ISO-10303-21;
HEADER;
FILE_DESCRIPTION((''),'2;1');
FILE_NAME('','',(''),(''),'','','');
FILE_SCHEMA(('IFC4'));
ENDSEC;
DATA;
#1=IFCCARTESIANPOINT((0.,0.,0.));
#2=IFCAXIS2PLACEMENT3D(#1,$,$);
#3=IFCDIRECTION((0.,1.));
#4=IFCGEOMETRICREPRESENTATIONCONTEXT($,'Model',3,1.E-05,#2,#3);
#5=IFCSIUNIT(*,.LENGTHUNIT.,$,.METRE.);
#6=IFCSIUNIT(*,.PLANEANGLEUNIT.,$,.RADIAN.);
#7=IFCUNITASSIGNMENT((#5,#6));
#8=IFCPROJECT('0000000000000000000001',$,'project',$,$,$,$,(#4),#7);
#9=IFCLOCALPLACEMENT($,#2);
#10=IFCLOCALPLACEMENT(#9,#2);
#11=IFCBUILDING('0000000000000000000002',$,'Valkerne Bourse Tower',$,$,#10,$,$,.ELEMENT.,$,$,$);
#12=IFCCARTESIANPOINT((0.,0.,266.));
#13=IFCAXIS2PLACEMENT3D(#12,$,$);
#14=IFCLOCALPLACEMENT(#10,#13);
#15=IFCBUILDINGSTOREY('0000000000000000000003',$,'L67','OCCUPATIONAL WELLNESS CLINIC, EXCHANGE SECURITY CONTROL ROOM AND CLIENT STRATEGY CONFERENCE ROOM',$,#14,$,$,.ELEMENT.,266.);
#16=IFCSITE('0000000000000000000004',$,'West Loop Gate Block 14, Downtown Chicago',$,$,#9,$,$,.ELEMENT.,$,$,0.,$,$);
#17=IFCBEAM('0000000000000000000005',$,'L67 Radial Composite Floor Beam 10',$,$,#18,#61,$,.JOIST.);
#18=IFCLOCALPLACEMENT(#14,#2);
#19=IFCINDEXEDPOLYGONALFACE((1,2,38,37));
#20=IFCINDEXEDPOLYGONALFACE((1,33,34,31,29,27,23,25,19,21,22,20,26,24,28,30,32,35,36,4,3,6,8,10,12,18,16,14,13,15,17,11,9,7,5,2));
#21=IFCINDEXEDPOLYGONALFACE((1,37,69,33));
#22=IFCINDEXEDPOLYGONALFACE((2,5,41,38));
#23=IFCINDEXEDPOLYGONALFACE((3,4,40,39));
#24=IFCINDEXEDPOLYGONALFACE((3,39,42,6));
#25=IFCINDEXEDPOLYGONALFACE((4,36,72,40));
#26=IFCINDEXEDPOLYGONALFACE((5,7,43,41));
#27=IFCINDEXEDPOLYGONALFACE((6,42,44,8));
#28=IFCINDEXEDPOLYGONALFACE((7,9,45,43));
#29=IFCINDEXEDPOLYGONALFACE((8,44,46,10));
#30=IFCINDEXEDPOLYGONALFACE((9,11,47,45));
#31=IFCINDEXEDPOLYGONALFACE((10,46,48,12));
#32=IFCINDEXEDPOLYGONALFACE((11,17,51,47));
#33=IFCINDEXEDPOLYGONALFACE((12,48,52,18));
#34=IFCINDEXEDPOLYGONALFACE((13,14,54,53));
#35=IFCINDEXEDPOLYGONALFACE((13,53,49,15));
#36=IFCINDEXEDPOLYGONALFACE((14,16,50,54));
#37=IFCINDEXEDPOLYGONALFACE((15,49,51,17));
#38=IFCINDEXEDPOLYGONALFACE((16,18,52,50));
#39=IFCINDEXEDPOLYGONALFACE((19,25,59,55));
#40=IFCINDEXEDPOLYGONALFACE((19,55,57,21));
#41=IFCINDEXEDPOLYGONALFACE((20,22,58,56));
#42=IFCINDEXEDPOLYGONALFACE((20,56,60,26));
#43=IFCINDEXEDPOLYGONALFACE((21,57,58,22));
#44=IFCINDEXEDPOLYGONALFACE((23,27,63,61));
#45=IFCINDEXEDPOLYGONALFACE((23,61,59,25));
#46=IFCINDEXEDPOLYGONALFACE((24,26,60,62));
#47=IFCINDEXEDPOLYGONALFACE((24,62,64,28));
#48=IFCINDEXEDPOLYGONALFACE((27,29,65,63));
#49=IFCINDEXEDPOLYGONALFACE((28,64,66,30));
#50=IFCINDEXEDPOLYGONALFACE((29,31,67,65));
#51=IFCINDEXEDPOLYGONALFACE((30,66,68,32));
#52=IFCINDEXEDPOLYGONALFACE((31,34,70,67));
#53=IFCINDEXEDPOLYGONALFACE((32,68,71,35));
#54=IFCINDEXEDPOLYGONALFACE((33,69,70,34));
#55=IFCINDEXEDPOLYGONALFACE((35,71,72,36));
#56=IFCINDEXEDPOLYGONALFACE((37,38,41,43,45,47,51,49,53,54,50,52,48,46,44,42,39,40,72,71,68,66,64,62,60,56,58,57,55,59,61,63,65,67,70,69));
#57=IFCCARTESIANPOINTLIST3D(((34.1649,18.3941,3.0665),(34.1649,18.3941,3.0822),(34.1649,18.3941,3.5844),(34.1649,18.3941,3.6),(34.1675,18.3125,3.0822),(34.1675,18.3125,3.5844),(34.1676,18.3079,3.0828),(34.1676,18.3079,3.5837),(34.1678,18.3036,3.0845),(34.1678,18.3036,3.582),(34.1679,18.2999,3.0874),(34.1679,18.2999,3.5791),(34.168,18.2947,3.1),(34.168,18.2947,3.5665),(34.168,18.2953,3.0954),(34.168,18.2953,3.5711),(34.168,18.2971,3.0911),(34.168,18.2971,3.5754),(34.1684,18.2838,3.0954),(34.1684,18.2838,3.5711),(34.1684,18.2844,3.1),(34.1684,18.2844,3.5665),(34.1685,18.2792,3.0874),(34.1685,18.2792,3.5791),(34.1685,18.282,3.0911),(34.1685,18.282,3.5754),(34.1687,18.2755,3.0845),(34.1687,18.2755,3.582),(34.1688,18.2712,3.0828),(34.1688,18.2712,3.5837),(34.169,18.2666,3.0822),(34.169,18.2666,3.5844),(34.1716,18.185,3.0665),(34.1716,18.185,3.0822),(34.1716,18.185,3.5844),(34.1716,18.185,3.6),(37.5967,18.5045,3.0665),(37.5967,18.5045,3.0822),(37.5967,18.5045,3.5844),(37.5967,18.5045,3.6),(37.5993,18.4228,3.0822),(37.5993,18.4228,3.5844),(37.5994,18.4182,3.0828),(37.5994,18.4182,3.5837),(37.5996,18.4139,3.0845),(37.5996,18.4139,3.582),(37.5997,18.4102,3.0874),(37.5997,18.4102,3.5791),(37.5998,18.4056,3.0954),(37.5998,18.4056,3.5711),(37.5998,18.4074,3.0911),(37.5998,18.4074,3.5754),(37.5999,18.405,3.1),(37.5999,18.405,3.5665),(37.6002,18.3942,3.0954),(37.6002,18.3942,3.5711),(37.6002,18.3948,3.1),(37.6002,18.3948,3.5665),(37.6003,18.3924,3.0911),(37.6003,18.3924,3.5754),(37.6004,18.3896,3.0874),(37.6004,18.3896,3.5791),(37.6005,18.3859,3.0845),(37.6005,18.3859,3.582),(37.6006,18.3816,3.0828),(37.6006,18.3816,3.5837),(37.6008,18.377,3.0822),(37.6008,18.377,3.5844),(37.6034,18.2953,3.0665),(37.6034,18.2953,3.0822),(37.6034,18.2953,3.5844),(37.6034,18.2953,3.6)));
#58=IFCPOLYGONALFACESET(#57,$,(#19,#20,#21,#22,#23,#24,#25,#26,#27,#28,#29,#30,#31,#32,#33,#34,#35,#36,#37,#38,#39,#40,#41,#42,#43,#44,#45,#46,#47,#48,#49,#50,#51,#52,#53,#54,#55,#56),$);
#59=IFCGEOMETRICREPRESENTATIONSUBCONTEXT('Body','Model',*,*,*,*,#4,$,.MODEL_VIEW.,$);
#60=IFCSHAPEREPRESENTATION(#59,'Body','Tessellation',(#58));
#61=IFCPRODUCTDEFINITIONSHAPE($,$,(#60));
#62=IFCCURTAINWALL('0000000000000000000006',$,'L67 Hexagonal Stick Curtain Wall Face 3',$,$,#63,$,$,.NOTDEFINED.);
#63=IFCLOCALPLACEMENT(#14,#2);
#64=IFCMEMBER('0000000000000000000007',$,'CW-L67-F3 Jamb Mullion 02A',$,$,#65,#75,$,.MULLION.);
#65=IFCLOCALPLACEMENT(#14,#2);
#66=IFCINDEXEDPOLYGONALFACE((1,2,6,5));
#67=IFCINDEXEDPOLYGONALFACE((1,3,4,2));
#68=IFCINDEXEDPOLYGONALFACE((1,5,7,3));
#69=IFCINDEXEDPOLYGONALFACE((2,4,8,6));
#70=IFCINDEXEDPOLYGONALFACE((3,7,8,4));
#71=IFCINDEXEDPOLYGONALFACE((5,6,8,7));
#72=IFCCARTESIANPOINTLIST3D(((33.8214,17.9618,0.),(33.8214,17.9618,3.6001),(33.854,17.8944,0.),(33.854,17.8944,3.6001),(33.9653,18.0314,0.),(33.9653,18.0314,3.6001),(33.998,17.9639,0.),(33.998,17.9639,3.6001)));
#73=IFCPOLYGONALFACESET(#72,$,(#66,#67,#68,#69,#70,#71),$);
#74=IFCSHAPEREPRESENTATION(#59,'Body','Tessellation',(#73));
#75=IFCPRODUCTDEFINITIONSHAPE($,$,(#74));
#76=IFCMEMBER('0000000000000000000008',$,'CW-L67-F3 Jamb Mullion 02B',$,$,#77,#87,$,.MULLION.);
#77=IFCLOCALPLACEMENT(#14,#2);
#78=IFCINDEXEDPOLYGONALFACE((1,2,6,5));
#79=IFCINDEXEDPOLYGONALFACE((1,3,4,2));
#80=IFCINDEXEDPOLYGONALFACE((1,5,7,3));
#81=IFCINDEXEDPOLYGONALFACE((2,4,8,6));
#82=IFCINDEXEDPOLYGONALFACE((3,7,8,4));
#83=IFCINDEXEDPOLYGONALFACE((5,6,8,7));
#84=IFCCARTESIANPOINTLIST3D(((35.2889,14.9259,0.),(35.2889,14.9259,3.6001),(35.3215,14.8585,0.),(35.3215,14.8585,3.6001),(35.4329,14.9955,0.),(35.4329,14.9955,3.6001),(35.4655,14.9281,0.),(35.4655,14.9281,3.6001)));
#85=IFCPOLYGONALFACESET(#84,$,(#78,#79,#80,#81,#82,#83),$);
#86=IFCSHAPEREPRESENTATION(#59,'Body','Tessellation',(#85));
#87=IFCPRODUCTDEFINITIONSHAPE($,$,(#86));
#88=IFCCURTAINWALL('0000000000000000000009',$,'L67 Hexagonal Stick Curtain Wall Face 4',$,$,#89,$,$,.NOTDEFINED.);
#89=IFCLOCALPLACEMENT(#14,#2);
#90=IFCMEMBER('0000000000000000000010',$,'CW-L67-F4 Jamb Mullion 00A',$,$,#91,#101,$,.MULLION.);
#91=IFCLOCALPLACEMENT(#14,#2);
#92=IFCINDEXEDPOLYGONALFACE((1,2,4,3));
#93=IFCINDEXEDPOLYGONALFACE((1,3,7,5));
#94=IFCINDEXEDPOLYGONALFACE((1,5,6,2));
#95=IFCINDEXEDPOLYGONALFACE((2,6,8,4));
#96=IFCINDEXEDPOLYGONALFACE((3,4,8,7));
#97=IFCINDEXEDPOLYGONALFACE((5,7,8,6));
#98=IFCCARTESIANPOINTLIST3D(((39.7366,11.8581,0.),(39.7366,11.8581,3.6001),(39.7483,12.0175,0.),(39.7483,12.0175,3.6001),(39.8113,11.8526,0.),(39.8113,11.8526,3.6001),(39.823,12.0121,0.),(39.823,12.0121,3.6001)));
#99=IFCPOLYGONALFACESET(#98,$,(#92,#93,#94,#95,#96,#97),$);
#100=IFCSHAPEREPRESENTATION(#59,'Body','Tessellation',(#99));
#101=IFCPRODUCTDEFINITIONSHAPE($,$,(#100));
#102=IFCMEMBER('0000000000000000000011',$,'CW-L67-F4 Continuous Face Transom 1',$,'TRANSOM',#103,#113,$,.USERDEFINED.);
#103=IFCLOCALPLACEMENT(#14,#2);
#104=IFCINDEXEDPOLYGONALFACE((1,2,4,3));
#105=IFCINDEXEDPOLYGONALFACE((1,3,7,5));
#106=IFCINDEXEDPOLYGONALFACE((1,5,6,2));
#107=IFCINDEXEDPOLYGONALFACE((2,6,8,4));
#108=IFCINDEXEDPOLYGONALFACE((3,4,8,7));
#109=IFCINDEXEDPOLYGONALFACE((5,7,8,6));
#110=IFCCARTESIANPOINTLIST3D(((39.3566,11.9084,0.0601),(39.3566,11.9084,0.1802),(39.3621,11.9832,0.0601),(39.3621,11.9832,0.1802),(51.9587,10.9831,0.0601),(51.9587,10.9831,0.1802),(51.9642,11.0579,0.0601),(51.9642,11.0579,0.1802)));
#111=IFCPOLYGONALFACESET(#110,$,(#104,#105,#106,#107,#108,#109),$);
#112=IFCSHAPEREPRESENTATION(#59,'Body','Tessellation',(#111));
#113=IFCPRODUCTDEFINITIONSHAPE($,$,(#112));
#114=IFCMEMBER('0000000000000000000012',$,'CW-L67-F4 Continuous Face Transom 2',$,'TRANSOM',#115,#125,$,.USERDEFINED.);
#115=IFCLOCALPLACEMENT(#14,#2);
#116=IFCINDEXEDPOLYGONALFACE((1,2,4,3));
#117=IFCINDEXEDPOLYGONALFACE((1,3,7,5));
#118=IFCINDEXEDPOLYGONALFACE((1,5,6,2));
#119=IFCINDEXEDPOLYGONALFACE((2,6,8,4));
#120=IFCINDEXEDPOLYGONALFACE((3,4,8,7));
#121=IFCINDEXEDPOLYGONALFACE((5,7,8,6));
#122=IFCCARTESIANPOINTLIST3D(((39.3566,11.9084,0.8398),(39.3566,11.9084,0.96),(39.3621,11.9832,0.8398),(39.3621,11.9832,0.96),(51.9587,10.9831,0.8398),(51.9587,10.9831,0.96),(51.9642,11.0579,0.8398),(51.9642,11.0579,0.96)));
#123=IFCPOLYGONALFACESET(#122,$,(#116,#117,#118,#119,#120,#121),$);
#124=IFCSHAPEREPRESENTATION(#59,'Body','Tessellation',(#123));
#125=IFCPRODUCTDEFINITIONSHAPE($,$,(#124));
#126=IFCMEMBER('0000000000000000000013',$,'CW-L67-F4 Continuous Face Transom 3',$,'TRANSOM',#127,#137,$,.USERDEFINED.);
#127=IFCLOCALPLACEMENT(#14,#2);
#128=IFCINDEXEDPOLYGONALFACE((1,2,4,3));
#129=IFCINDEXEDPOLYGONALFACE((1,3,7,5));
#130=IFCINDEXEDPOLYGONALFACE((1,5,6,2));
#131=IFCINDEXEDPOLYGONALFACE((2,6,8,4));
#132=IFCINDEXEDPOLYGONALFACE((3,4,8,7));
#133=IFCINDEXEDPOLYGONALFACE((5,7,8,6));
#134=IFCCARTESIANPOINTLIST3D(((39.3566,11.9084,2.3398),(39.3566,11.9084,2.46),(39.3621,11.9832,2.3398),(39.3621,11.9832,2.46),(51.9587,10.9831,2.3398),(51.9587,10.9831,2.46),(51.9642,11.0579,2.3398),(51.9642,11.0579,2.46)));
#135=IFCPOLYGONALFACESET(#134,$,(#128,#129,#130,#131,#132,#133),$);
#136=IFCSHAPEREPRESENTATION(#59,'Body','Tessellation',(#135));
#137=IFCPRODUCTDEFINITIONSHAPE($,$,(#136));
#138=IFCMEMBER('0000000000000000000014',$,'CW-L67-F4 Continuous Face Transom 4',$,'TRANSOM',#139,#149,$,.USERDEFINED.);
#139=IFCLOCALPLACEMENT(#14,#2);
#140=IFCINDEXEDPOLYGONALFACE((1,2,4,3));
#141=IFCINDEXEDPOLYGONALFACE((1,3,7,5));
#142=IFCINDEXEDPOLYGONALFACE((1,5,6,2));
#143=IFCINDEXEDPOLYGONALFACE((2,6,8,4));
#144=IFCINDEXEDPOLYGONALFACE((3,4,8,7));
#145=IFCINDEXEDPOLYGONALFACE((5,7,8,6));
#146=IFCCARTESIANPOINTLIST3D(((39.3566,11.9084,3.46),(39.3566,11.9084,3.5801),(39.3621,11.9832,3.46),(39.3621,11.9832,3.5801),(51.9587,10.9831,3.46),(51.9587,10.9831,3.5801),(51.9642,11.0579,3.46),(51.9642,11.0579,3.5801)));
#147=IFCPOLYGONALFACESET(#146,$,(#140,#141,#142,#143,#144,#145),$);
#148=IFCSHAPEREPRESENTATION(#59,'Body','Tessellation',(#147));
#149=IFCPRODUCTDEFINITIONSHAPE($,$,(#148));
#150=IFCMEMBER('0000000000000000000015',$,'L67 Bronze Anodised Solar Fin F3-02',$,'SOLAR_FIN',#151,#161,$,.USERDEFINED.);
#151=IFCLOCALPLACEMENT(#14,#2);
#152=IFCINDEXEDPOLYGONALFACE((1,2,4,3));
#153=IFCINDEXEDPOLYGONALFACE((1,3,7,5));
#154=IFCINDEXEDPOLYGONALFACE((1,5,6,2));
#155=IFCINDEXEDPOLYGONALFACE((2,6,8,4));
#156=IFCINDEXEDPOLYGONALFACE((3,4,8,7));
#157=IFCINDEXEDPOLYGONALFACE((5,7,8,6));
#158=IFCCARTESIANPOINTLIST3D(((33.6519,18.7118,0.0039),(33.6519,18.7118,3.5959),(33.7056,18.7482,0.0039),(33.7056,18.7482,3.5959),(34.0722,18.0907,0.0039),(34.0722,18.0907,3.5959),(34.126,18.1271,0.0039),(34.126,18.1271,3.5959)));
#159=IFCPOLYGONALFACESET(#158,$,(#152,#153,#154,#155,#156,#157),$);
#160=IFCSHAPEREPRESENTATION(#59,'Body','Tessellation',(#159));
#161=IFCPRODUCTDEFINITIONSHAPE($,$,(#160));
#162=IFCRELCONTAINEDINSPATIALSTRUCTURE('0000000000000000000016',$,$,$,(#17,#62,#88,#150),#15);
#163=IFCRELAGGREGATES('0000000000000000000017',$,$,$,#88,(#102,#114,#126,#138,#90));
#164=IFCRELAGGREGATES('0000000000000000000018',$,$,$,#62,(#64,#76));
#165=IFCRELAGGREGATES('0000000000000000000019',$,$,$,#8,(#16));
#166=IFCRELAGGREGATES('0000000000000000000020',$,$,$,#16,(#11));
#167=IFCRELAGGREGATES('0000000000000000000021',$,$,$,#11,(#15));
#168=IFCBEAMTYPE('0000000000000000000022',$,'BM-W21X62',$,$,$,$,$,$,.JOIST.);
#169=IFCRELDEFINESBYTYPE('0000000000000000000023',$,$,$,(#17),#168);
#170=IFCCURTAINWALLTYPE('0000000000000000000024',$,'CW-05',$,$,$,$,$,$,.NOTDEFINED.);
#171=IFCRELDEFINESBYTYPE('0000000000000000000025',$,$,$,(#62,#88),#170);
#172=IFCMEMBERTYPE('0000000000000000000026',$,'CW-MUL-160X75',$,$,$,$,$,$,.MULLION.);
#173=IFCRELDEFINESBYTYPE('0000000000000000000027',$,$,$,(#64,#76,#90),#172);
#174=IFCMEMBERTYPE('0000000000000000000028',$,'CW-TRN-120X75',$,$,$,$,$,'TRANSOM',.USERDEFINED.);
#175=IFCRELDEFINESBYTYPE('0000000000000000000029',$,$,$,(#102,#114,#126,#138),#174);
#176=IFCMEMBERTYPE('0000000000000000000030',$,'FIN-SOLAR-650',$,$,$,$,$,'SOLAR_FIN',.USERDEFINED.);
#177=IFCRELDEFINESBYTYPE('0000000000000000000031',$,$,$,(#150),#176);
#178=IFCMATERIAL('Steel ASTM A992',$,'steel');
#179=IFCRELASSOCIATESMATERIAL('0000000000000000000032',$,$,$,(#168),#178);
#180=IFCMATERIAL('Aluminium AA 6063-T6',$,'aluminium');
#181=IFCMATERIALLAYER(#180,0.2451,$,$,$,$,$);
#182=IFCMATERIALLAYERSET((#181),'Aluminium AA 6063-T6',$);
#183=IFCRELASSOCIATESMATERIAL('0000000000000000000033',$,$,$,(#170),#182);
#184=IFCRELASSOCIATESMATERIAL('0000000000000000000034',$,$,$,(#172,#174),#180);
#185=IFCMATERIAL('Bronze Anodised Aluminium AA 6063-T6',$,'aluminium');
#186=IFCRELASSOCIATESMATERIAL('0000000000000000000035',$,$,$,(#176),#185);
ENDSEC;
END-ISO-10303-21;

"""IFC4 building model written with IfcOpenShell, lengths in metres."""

from ifc_helpers import new_model, si_unit, direction, frame, origin, origin_2d, place, context, subcontext, project, spatial, rectangle, i_section, extrude, material, layer, layer_set, material_profile, profile_set, type_object, element, aggregate, save


model = new_model("IFC4")

# Units and contexts
model_context = context("Model", 3, precision=1e-05, world=origin(), true_north=direction((0.0, 1.0)))
body_context = subcontext(model_context, "Body", "Model", "MODEL_VIEW")
ifc_project = project(units=[si_unit("LENGTHUNIT", "METRE"), si_unit("PLANEANGLEUNIT", "RADIAN")], contexts=[model_context])

# Site, building, storey
site_placement = place(None, origin())
site = spatial("IfcSite", under=ifc_project, at=site_placement, Name="West Loop Gate Block 14, Downtown Chicago", CompositionType="ELEMENT", RefElevation=0.0)
building_placement = place(site_placement, origin())
building = spatial("IfcBuilding", under=site, at=building_placement, Name="Valkerne Bourse Tower", CompositionType="ELEMENT")
storey_placement = place(building_placement, frame((0.0, 0.0, 266.0)))
storey = spatial("IfcBuildingStorey", under=building, at=storey_placement, Name="L67", Description="OCCUPATIONAL WELLNESS CLINIC, EXCHANGE SECURITY CONTROL ROOM AND CLIENT STRATEGY CONFERENCE ROOM", CompositionType="ELEMENT", Elevation=266.0)

# Beam
ifc_material_1 = material(Name="Steel ASTM A992", Category="steel")
ifc_material_profile_1 = material_profile(ifc_material_1, i_section(OverallWidth=0.2092, OverallDepth=0.5334, WebThickness=0.0103, FlangeThickness=0.0156, FilletRadius=0.0178, at=origin_2d()), Name="W21X62")
ifc_profile_set_1 = profile_set([ifc_material_profile_1], Name="Steel ASTM A992")
beam_type_1 = type_object("IfcBeamType", Name="BM-W21X62", PredefinedType="JOIST", material=ifc_profile_set_1)
beam_1_placement = place(storey_placement, frame((34.1682, 18.2896, 3.3333), z_axis=(0.999483, 0.032138, 0.0), x_axis=(-0.032138, 0.999483, 0.0)))
element("IfcBeam", 1, at=beam_1_placement, inside=storey, type_object=beam_type_1, Name="L67 Radial Composite Floor Beam 10", PredefinedType="JOIST", context=body_context, shape_type="SweptSolid", body=[
    extrude(i_section(OverallWidth=0.2092, OverallDepth=0.5334, WebThickness=0.0103, FlangeThickness=0.0156, FilletRadius=0.0178, at=origin_2d()), origin(), (0.0, 0.0, 1.0), 3.4336),
])

# Curtain walls, members
ifc_material_2 = material(Name="Aluminium AA 6063-T6", Category="aluminium")
ifc_layer_1 = layer(ifc_material_2, 0.2451)
ifc_layer_set_1 = layer_set([ifc_layer_1], Name="Aluminium AA 6063-T6")
curtain_wall_type = type_object("IfcCurtainWallType", Name="CW-05", PredefinedType="NOTDEFINED", material=ifc_layer_set_1)
curtain_wall_1_placement = place(storey_placement, origin())
curtain_wall_1 = element("IfcCurtainWall", 2, at=curtain_wall_1_placement, inside=storey, type_object=curtain_wall_type, Name="L67 Hexagonal Stick Curtain Wall Face 3", PredefinedType="NOTDEFINED")
ifc_material_profile_2 = material_profile(ifc_material_2, rectangle(XDim=0.075, YDim=0.1599, at=origin_2d()), Name="CWM-75X160")
ifc_profile_set_2 = profile_set([ifc_material_profile_2], Name="Aluminium AA 6063-T6")
member_type_1 = type_object("IfcMemberType", Name="CW-MUL-160X75", PredefinedType="MULLION", material=ifc_profile_set_2)
member_1_placement = place(storey_placement, frame((33.9097, 17.9629, 0.0), z_axis=(0.0, 0.0, 1.0), x_axis=(0.435227, -0.900321, 0.0)))
member_1 = element("IfcMember", 3, at=member_1_placement, type_object=member_type_1, Name="CW-L67-F3 Jamb Mullion 02A", PredefinedType="MULLION", context=body_context, shape_type="SweptSolid", body=[
    extrude(rectangle(XDim=0.075, YDim=0.1599, at=origin_2d()), origin(), (0.0, 0.0, 1.0), 3.6001),
])
member_2_placement = place(storey_placement, frame((35.3772, 14.927, 0.0), z_axis=(0.0, 0.0, 1.0), x_axis=(0.435227, -0.900321, 0.0)))
member_2 = element("IfcMember", 4, at=member_2_placement, type_object=member_type_1, Name="CW-L67-F3 Jamb Mullion 02B", PredefinedType="MULLION", context=body_context, shape_type="SweptSolid", body=[
    extrude(rectangle(XDim=0.075, YDim=0.1599, at=origin_2d()), origin(), (0.0, 0.0, 1.0), 3.6001),
])
curtain_wall_2_placement = place(storey_placement, origin())
curtain_wall_2 = element("IfcCurtainWall", 5, at=curtain_wall_2_placement, inside=storey, type_object=curtain_wall_type, Name="L67 Hexagonal Stick Curtain Wall Face 4", PredefinedType="NOTDEFINED")
member_3_placement = place(storey_placement, frame((39.7798, 11.9351, 0.0), z_axis=(0.0, 0.0, 1.0), x_axis=(0.997314, -0.073243, 0.0)))
member_3 = element("IfcMember", 6, at=member_3_placement, type_object=member_type_1, Name="CW-L67-F4 Jamb Mullion 00A", PredefinedType="MULLION", context=body_context, shape_type="SweptSolid", body=[
    extrude(rectangle(XDim=0.075, YDim=0.1599, at=origin_2d()), origin(), (0.0, 0.0, 1.0), 3.6001),
])
ifc_material_profile_3 = material_profile(ifc_material_2, rectangle(XDim=0.075, YDim=0.1201, at=origin_2d()), Name="CWT-75X120")
ifc_profile_set_3 = profile_set([ifc_material_profile_3], Name="Aluminium AA 6063-T6")
member_type_2 = type_object("IfcMemberType", Name="CW-TRN-120X75", ElementType="TRANSOM", PredefinedType="USERDEFINED", material=ifc_profile_set_3)
member_4_placement = place(storey_placement, frame((39.3594, 11.9458, 0.1201), z_axis=(0.997315, -0.073227, 0.0), x_axis=(0.073227, 0.997315, 0.0)))
member_4 = element("IfcMember", 7, at=member_4_placement, type_object=member_type_2, Name="CW-L67-F4 Continuous Face Transom 1", ObjectType="TRANSOM", PredefinedType="USERDEFINED", context=body_context, shape_type="SweptSolid", body=[
    extrude(rectangle(XDim=0.075, YDim=0.1201, at=origin_2d()), origin(), (0.0, 0.0, 1.0), 12.636),
])
member_5_placement = place(storey_placement, frame((39.3594, 11.9458, 0.8999), z_axis=(0.997315, -0.073227, 0.0), x_axis=(0.073227, 0.997315, 0.0)))
member_5 = element("IfcMember", 8, at=member_5_placement, type_object=member_type_2, Name="CW-L67-F4 Continuous Face Transom 2", ObjectType="TRANSOM", PredefinedType="USERDEFINED", context=body_context, shape_type="SweptSolid", body=[
    extrude(rectangle(XDim=0.075, YDim=0.1201, at=origin_2d()), origin(), (0.0, 0.0, 1.0), 12.636),
])
member_6_placement = place(storey_placement, frame((39.3594, 11.9458, 2.3999), z_axis=(0.997315, -0.073227, 0.0), x_axis=(0.073227, 0.997315, 0.0)))
member_6 = element("IfcMember", 9, at=member_6_placement, type_object=member_type_2, Name="CW-L67-F4 Continuous Face Transom 3", ObjectType="TRANSOM", PredefinedType="USERDEFINED", context=body_context, shape_type="SweptSolid", body=[
    extrude(rectangle(XDim=0.075, YDim=0.1201, at=origin_2d()), origin(), (0.0, 0.0, 1.0), 12.636),
])
member_7_placement = place(storey_placement, frame((39.3594, 11.9458, 3.52), z_axis=(0.997315, -0.073227, 0.0), x_axis=(0.073227, 0.997315, 0.0)))
member_7 = element("IfcMember", 10, at=member_7_placement, type_object=member_type_2, Name="CW-L67-F4 Continuous Face Transom 4", ObjectType="TRANSOM", PredefinedType="USERDEFINED", context=body_context, shape_type="SweptSolid", body=[
    extrude(rectangle(XDim=0.075, YDim=0.1201, at=origin_2d()), origin(), (0.0, 0.0, 1.0), 12.636),
])
aggregate(curtain_wall_2, [member_4, member_5, member_6, member_7, member_3])

# Member
ifc_material_3 = material(Name="Bronze Anodised Aluminium AA 6063-T6", Category="aluminium")
ifc_material_profile_4 = material_profile(ifc_material_3, rectangle(XDim=0.0649, YDim=0.75, at=origin_2d()), Name="FIN-65X750")
ifc_profile_set_4 = profile_set([ifc_material_profile_4], Name="Bronze Anodised Aluminium AA 6063-T6")
member_type_3 = type_object("IfcMemberType", Name="FIN-SOLAR-650", ElementType="SOLAR_FIN", PredefinedType="USERDEFINED", material=ifc_profile_set_4)
member_8_placement = place(storey_placement, frame((33.8889, 18.4194, 0.0039), z_axis=(0.0, 0.0, 1.0), x_axis=(-0.828179, -0.560464, 0.0)))
element("IfcMember", 11, at=member_8_placement, inside=storey, type_object=member_type_3, Name="L67 Bronze Anodised Solar Fin F3-02", ObjectType="SOLAR_FIN", PredefinedType="USERDEFINED", context=body_context, shape_type="SweptSolid", body=[
    extrude(rectangle(XDim=0.0649, YDim=0.75, at=origin_2d()), origin(), (0.0, 0.0, 1.0), 3.592),
])

aggregate(curtain_wall_1, [member_1, member_2])

save(model, "model.ifc")
